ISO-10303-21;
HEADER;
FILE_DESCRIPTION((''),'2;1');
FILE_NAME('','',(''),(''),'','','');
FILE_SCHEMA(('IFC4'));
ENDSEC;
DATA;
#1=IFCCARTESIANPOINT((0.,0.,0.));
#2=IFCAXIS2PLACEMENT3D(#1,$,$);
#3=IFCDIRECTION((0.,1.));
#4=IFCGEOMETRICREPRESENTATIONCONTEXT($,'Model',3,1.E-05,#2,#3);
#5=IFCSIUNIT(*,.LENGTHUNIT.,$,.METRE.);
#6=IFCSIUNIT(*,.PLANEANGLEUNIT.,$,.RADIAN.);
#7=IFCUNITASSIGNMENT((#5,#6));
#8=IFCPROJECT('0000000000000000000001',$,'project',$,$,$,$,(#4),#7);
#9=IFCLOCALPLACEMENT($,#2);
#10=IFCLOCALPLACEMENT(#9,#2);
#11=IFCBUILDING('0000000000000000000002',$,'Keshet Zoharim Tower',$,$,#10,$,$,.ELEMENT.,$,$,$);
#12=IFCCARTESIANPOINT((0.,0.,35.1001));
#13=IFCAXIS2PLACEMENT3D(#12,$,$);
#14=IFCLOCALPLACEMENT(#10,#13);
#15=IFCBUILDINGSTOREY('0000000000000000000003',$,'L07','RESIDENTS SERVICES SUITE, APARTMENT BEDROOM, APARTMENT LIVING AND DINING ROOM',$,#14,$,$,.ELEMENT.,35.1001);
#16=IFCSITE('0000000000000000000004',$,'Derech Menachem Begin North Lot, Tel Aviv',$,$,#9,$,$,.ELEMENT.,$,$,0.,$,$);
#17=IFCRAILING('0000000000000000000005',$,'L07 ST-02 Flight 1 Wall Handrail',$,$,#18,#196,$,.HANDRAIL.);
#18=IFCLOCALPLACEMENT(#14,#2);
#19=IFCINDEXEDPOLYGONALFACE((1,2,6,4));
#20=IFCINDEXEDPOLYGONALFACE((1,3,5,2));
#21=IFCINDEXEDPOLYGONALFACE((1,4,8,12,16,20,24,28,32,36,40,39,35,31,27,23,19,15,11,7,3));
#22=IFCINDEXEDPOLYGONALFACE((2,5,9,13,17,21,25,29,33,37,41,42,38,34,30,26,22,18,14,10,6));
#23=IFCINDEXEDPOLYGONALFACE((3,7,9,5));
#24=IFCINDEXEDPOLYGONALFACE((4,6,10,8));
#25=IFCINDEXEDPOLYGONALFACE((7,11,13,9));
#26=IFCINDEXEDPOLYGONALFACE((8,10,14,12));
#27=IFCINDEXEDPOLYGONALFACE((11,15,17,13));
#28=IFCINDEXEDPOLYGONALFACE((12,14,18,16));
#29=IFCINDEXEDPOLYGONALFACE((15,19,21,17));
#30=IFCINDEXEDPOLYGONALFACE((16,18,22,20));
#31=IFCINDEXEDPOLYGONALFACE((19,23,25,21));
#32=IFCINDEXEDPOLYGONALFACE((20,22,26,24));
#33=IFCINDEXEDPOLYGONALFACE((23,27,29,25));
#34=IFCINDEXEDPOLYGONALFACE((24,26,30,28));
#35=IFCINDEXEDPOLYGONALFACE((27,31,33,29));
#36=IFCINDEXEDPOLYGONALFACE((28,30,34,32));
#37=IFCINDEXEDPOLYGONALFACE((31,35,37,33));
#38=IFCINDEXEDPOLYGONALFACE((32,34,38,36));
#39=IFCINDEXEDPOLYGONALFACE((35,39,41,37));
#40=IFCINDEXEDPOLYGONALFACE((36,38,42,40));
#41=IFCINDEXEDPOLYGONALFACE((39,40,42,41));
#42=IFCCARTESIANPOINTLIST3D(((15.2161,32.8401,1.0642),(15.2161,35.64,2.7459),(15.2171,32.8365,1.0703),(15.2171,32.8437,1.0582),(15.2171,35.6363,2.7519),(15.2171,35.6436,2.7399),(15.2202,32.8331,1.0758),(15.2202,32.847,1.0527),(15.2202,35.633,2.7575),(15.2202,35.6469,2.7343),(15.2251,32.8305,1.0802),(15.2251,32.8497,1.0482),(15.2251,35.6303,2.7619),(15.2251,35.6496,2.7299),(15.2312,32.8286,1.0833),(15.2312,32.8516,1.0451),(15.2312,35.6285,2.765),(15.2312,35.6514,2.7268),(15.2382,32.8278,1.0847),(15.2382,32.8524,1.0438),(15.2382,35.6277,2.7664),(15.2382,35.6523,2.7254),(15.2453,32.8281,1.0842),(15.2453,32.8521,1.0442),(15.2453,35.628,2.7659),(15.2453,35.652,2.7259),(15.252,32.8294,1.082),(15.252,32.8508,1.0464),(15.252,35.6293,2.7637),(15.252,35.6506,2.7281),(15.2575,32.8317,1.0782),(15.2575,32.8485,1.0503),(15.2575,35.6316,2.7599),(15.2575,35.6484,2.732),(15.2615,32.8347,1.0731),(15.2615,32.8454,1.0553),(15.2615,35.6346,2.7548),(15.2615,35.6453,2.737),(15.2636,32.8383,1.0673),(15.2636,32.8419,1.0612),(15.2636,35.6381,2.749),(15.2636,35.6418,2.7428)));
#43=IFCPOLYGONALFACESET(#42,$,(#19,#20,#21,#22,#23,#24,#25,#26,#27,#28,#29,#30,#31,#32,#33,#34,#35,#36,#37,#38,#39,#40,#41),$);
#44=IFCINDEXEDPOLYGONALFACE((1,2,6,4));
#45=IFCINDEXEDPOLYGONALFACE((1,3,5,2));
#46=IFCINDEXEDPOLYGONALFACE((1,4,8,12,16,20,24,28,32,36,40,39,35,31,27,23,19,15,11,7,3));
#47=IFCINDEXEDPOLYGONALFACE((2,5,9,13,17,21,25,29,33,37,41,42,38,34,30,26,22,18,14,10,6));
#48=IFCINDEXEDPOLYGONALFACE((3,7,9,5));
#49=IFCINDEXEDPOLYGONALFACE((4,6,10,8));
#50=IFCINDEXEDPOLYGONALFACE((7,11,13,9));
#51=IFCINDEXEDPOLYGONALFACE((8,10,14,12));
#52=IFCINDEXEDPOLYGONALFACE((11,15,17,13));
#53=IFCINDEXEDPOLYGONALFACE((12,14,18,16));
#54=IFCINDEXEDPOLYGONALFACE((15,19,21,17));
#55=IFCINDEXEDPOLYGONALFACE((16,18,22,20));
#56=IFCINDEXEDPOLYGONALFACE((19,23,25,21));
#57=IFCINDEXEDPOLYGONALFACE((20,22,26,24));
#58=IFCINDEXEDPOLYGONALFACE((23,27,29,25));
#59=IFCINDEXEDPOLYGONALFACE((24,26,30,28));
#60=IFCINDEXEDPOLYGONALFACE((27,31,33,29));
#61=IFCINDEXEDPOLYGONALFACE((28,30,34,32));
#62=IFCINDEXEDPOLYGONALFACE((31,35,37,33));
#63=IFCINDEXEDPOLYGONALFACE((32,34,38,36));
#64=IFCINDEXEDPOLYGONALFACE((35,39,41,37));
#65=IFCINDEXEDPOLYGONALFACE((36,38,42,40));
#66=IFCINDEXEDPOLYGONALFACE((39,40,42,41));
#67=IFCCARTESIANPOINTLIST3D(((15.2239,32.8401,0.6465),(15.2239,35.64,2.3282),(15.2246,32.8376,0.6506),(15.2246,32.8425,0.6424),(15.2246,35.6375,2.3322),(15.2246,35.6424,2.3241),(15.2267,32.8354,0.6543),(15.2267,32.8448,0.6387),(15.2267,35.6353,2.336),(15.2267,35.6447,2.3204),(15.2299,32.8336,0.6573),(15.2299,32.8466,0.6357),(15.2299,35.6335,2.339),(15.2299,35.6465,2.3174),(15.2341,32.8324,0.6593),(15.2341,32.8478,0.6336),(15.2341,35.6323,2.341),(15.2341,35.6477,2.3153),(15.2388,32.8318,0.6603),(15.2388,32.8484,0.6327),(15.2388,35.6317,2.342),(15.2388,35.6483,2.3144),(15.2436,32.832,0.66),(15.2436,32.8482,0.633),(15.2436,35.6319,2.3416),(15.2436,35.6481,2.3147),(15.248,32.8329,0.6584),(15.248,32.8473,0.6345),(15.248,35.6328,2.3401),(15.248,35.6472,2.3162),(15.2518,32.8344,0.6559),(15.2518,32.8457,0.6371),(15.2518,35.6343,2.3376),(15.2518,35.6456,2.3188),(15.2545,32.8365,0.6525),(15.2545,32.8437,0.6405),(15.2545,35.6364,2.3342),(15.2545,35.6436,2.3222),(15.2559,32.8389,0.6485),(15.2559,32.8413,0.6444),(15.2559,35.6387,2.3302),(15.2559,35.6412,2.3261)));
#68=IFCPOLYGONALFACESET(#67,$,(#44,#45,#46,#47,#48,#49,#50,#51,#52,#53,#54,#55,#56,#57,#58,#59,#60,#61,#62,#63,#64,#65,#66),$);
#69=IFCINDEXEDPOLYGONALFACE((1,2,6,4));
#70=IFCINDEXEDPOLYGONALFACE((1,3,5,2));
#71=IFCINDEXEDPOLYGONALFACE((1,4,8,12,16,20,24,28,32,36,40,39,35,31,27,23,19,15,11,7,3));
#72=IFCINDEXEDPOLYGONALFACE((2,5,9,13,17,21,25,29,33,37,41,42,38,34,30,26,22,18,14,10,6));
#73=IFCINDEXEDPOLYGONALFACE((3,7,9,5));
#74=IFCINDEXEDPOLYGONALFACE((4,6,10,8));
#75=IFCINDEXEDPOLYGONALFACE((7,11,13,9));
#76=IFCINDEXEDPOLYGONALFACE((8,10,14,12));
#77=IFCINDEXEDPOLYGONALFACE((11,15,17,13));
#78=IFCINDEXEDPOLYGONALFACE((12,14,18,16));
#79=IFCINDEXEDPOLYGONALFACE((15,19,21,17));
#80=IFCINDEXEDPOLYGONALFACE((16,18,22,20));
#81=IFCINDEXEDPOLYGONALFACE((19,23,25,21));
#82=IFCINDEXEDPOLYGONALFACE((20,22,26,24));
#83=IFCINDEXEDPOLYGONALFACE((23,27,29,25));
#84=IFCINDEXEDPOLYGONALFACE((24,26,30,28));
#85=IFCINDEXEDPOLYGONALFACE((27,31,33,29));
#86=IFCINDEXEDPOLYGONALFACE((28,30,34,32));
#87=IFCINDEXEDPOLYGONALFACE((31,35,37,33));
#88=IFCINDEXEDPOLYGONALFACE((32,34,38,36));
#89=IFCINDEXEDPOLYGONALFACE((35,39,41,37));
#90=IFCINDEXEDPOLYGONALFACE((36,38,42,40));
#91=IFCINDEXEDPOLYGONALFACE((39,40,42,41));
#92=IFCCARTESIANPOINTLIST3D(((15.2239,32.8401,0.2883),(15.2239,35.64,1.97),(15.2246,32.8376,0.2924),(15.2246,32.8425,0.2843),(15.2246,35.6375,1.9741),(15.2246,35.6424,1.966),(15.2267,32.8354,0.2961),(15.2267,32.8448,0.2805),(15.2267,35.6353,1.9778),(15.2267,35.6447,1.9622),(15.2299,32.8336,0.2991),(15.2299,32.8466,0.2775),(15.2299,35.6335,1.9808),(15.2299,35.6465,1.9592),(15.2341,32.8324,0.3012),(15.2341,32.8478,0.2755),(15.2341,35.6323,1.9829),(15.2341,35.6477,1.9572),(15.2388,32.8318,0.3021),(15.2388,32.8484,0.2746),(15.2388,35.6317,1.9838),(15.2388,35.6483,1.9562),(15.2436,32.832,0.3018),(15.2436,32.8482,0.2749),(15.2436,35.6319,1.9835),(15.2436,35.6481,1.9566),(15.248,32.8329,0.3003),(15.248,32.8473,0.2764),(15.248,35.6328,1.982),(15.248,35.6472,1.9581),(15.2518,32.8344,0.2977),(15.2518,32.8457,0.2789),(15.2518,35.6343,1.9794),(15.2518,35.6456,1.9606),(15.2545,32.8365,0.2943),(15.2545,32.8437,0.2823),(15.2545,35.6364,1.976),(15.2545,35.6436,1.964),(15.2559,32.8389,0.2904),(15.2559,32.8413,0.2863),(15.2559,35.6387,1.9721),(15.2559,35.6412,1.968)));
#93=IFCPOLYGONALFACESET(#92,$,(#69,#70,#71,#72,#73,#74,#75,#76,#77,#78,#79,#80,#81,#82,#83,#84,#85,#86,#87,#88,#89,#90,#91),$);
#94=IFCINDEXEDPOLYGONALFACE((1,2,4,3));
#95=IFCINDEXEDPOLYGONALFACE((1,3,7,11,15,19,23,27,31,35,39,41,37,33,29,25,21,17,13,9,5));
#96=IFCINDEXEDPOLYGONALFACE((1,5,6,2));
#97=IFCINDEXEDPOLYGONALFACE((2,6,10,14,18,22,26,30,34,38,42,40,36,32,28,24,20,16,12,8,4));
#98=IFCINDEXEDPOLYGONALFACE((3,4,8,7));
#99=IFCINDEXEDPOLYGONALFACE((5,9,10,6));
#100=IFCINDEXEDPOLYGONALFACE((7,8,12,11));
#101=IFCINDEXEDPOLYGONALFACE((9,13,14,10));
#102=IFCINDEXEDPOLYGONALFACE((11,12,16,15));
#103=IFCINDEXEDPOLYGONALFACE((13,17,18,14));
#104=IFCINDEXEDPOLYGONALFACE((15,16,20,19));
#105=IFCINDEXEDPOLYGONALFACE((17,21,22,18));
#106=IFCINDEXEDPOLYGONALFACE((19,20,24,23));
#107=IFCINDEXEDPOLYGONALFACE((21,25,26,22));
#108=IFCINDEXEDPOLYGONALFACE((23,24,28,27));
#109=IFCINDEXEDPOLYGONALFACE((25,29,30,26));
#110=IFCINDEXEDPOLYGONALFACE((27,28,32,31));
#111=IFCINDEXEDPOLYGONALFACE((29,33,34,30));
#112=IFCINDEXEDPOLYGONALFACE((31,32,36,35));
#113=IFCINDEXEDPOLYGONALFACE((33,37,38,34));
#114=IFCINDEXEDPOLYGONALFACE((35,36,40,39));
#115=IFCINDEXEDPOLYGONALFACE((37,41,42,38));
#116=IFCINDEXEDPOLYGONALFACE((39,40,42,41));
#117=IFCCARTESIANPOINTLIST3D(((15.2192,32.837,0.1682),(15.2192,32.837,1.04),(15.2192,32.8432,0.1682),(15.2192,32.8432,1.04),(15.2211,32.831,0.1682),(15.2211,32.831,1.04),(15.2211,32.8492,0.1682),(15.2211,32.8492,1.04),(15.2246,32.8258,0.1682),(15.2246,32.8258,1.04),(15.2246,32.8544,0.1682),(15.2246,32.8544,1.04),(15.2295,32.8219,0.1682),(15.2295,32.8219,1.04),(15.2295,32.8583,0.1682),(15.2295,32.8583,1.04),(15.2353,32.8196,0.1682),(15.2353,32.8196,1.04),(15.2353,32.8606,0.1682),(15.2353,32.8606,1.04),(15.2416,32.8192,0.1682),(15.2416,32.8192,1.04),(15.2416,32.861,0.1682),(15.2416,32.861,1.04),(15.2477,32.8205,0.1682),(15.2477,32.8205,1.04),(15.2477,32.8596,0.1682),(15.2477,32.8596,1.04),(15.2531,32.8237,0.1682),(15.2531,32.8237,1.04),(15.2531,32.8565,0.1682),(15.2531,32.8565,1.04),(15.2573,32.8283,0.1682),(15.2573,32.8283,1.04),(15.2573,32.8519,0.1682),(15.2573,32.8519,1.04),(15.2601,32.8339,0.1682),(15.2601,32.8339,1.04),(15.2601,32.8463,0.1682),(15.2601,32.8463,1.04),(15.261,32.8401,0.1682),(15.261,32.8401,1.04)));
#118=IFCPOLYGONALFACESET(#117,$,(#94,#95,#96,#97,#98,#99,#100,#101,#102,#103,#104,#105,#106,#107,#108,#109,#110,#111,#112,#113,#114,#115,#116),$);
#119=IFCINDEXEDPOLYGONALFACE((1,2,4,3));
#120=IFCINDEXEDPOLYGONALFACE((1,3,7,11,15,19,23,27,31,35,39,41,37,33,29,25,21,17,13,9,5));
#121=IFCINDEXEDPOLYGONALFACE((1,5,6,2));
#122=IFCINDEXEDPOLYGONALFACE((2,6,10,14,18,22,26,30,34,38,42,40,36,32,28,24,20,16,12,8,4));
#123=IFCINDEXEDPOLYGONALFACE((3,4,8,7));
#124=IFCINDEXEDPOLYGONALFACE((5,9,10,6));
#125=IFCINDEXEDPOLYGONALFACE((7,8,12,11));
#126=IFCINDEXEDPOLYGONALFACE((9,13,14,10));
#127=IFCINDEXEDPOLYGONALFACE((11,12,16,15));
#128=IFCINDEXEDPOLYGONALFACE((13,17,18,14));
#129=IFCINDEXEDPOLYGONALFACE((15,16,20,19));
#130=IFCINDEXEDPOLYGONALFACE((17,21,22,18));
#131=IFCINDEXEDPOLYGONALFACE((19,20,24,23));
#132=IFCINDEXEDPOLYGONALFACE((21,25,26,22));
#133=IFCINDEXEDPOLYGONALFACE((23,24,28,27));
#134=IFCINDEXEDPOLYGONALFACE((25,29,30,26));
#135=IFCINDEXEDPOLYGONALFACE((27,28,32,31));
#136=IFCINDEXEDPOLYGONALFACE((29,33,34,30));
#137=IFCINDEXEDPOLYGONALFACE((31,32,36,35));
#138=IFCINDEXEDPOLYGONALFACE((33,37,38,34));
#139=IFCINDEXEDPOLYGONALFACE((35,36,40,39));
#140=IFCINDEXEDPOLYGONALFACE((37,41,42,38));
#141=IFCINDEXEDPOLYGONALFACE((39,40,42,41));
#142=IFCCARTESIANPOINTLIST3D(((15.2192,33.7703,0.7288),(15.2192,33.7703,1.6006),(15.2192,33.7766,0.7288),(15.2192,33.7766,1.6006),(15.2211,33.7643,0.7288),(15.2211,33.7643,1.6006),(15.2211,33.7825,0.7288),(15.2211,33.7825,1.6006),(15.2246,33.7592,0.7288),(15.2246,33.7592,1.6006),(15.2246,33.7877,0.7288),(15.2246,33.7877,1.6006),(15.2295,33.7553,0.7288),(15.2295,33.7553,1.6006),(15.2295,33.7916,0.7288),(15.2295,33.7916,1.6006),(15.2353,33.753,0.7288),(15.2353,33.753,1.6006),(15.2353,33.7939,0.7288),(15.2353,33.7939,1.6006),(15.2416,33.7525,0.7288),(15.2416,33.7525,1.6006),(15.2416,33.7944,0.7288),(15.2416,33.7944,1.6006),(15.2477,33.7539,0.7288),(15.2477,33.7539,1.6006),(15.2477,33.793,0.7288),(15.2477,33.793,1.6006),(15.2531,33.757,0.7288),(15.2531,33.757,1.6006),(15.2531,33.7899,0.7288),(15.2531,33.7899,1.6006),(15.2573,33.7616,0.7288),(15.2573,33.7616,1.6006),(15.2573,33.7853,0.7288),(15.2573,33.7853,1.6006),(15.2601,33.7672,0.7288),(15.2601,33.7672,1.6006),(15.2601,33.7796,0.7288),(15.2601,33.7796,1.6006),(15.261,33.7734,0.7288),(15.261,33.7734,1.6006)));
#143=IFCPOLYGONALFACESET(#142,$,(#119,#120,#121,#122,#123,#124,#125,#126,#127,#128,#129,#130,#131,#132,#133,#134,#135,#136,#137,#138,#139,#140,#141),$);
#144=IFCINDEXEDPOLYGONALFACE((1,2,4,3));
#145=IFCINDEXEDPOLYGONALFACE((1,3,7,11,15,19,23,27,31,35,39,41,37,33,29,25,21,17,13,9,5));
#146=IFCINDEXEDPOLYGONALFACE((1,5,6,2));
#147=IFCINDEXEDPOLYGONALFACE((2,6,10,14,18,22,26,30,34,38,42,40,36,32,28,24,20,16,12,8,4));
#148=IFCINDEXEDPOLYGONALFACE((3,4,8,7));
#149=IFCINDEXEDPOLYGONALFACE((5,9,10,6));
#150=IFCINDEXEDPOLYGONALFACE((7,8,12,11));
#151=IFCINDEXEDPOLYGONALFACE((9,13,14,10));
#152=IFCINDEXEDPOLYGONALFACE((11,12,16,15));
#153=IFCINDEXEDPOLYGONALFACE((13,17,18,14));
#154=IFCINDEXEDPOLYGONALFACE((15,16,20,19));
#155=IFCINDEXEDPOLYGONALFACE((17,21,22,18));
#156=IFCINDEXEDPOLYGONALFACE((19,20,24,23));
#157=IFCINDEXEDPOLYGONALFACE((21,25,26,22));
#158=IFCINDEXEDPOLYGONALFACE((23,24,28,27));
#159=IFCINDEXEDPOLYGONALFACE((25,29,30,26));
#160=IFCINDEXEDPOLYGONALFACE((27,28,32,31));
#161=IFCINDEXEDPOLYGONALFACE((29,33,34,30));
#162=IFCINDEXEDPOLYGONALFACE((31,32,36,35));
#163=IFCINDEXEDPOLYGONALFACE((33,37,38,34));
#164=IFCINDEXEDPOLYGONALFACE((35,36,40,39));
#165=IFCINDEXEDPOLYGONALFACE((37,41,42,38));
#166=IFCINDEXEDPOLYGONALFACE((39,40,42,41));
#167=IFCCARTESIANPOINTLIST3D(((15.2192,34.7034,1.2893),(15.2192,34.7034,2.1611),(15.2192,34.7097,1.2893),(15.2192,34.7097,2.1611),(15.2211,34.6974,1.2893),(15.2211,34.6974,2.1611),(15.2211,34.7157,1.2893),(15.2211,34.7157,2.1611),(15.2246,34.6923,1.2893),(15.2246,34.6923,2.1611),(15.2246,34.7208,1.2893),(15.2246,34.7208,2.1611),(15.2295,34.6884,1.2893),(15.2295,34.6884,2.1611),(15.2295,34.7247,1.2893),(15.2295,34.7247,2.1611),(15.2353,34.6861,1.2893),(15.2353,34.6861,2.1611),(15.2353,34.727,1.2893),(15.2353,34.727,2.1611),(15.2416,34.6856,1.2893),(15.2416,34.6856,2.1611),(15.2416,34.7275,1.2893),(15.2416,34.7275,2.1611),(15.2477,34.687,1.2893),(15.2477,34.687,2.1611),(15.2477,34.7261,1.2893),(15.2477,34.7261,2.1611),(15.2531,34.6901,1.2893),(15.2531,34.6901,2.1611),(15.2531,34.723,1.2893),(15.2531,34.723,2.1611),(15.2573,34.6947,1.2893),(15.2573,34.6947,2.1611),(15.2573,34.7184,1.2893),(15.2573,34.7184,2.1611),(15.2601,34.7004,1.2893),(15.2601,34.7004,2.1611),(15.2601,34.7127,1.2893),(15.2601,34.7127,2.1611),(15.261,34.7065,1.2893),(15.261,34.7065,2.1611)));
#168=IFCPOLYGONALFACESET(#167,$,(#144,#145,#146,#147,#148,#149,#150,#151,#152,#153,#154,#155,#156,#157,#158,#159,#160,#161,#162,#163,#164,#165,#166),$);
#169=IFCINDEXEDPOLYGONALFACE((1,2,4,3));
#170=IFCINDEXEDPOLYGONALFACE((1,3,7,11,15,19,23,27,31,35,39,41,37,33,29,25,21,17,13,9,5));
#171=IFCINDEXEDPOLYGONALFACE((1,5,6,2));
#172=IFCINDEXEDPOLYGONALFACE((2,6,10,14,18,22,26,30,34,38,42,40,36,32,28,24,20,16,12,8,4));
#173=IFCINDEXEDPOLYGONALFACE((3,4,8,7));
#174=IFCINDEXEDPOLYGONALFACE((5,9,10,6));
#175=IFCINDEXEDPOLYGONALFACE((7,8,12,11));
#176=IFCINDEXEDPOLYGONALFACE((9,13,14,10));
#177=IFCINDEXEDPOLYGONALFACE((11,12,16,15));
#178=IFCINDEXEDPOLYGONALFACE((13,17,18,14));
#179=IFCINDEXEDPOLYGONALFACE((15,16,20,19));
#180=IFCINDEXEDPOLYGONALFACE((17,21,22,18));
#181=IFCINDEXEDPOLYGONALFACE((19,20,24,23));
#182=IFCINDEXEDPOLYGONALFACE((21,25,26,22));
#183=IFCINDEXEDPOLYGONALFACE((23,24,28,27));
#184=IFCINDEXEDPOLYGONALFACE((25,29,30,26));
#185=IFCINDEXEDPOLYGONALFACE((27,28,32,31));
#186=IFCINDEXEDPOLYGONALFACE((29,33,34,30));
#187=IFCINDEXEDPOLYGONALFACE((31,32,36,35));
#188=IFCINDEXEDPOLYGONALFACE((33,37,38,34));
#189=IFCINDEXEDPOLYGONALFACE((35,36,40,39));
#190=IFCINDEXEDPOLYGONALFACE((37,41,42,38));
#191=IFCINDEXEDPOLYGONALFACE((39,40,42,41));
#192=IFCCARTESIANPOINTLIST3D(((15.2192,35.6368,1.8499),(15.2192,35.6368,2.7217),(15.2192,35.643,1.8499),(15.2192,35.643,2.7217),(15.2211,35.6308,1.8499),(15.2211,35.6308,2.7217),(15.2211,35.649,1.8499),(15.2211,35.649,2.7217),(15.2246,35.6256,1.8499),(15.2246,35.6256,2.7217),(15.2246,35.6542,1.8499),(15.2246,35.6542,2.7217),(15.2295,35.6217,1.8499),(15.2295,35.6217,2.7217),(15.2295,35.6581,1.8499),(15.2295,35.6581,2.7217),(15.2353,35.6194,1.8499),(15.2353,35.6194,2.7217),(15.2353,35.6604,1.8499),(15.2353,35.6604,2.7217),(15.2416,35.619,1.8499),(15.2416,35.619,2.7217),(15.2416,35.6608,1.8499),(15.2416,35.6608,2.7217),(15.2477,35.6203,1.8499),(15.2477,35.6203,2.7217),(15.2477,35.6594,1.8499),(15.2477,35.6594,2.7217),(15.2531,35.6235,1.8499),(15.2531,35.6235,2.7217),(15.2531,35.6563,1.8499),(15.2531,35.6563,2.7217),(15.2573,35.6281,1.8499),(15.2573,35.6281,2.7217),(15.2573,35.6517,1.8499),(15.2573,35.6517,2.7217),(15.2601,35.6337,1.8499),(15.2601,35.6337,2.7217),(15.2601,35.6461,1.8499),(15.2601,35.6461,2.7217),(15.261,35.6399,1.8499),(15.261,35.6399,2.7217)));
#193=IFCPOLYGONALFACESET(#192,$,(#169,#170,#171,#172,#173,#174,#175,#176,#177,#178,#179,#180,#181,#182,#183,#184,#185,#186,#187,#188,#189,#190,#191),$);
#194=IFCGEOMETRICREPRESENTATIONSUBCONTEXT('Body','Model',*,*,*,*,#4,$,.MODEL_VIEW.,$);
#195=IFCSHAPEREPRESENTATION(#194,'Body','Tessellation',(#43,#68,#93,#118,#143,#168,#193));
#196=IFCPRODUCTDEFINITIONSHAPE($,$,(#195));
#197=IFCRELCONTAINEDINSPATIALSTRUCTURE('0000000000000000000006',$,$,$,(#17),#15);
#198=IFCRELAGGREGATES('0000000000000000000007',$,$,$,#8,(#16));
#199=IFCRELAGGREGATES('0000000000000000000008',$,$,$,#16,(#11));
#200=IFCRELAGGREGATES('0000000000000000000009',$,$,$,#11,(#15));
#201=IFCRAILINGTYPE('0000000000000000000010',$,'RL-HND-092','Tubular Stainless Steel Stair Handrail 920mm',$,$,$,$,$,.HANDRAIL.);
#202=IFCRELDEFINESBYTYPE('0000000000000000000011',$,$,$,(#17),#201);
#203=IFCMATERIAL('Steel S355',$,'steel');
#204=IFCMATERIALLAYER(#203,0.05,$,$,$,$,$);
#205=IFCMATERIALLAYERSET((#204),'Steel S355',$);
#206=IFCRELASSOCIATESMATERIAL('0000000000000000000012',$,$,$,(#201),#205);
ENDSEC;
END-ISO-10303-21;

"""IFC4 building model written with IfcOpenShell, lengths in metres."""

from ifc_helpers import new_model, si_unit, direction, frame, origin, origin_2d, place, context, subcontext, project, spatial, circle, extrude, material, layer, layer_set, type_object, element, save


model = new_model("IFC4")

# Units and contexts
model_context = context("Model", 3, precision=1e-05, world=origin(), true_north=direction((0.0, 1.0)))
body_context = subcontext(model_context, "Body", "Model", "MODEL_VIEW")
ifc_project = project(units=[si_unit("LENGTHUNIT", "METRE"), si_unit("PLANEANGLEUNIT", "RADIAN")], contexts=[model_context])

# Site, building, storey
site_placement = place(None, origin())
site = spatial("IfcSite", under=ifc_project, at=site_placement, Name="Derech Menachem Begin North Lot, Tel Aviv", CompositionType="ELEMENT", RefElevation=0.0)
building_placement = place(site_placement, origin())
building = spatial("IfcBuilding", under=site, at=building_placement, Name="Keshet Zoharim Tower", CompositionType="ELEMENT")
storey_placement = place(building_placement, frame((0.0, 0.0, 35.1001)))
storey = spatial("IfcBuildingStorey", under=building, at=storey_placement, Name="L07", Description="RESIDENTS SERVICES SUITE, APARTMENT BEDROOM, APARTMENT LIVING AND DINING ROOM", CompositionType="ELEMENT", Elevation=35.1001)

# Shared definitions
ifc_material_1 = material(Name="Steel S355", Category="steel")

# Railing
ifc_layer_1 = layer(ifc_material_1, 0.05)
ifc_layer_set_1 = layer_set([ifc_layer_1], Name="Steel S355")
railing_type_1 = type_object("IfcRailingType", Name="RL-HND-092", Description="Tubular Stainless Steel Stair Handrail 920mm", PredefinedType="HANDRAIL", material=ifc_layer_set_1)
railing_1_placement = place(storey_placement, frame((15.24, 32.8401, 0.1682)))
element("IfcRailing", 1, at=railing_1_placement, inside=storey, type_object=railing_type_1, Name="L07 ST-02 Flight 1 Wall Handrail", PredefinedType="HANDRAIL", context=body_context, shape_type="SweptSolid", body=[
    extrude(circle(Radius=0.0239, at=origin_2d()), frame((0.0, 0.0, 0.896), z_axis=(0.0, 0.857255, 0.514891), x_axis=(-1.0, 0.0, 0.0)), (0.0, 0.0, 1.0), 3.2661),
    extrude(circle(Radius=0.0161, at=origin_2d()), frame((0.0, 0.0, 0.4783), z_axis=(0.0, 0.857255, 0.514891), x_axis=(-1.0, 0.0, 0.0)), (0.0, 0.0, 1.0), 3.2661),
    extrude(circle(Radius=0.0161, at=origin_2d()), frame((0.0, 0.0, 0.1201), z_axis=(0.0, 0.857255, 0.514891), x_axis=(-1.0, 0.0, 0.0)), (0.0, 0.0, 1.0), 3.2661),
    extrude(circle(Radius=0.021, at=origin_2d()), origin(), (0.0, 0.0, 1.0), 0.8718),
    extrude(circle(Radius=0.021, at=origin_2d()), frame((0.0, 0.9333, 0.5605)), (0.0, 0.0, 1.0), 0.8718),
    extrude(circle(Radius=0.021, at=origin_2d()), frame((0.0, 1.8665, 1.1211)), (0.0, 0.0, 1.0), 0.8718),
    extrude(circle(Radius=0.021, at=origin_2d()), frame((0.0, 2.7998, 1.6816)), (0.0, 0.0, 1.0), 0.8718),
])

save(model, "model.ifc")
